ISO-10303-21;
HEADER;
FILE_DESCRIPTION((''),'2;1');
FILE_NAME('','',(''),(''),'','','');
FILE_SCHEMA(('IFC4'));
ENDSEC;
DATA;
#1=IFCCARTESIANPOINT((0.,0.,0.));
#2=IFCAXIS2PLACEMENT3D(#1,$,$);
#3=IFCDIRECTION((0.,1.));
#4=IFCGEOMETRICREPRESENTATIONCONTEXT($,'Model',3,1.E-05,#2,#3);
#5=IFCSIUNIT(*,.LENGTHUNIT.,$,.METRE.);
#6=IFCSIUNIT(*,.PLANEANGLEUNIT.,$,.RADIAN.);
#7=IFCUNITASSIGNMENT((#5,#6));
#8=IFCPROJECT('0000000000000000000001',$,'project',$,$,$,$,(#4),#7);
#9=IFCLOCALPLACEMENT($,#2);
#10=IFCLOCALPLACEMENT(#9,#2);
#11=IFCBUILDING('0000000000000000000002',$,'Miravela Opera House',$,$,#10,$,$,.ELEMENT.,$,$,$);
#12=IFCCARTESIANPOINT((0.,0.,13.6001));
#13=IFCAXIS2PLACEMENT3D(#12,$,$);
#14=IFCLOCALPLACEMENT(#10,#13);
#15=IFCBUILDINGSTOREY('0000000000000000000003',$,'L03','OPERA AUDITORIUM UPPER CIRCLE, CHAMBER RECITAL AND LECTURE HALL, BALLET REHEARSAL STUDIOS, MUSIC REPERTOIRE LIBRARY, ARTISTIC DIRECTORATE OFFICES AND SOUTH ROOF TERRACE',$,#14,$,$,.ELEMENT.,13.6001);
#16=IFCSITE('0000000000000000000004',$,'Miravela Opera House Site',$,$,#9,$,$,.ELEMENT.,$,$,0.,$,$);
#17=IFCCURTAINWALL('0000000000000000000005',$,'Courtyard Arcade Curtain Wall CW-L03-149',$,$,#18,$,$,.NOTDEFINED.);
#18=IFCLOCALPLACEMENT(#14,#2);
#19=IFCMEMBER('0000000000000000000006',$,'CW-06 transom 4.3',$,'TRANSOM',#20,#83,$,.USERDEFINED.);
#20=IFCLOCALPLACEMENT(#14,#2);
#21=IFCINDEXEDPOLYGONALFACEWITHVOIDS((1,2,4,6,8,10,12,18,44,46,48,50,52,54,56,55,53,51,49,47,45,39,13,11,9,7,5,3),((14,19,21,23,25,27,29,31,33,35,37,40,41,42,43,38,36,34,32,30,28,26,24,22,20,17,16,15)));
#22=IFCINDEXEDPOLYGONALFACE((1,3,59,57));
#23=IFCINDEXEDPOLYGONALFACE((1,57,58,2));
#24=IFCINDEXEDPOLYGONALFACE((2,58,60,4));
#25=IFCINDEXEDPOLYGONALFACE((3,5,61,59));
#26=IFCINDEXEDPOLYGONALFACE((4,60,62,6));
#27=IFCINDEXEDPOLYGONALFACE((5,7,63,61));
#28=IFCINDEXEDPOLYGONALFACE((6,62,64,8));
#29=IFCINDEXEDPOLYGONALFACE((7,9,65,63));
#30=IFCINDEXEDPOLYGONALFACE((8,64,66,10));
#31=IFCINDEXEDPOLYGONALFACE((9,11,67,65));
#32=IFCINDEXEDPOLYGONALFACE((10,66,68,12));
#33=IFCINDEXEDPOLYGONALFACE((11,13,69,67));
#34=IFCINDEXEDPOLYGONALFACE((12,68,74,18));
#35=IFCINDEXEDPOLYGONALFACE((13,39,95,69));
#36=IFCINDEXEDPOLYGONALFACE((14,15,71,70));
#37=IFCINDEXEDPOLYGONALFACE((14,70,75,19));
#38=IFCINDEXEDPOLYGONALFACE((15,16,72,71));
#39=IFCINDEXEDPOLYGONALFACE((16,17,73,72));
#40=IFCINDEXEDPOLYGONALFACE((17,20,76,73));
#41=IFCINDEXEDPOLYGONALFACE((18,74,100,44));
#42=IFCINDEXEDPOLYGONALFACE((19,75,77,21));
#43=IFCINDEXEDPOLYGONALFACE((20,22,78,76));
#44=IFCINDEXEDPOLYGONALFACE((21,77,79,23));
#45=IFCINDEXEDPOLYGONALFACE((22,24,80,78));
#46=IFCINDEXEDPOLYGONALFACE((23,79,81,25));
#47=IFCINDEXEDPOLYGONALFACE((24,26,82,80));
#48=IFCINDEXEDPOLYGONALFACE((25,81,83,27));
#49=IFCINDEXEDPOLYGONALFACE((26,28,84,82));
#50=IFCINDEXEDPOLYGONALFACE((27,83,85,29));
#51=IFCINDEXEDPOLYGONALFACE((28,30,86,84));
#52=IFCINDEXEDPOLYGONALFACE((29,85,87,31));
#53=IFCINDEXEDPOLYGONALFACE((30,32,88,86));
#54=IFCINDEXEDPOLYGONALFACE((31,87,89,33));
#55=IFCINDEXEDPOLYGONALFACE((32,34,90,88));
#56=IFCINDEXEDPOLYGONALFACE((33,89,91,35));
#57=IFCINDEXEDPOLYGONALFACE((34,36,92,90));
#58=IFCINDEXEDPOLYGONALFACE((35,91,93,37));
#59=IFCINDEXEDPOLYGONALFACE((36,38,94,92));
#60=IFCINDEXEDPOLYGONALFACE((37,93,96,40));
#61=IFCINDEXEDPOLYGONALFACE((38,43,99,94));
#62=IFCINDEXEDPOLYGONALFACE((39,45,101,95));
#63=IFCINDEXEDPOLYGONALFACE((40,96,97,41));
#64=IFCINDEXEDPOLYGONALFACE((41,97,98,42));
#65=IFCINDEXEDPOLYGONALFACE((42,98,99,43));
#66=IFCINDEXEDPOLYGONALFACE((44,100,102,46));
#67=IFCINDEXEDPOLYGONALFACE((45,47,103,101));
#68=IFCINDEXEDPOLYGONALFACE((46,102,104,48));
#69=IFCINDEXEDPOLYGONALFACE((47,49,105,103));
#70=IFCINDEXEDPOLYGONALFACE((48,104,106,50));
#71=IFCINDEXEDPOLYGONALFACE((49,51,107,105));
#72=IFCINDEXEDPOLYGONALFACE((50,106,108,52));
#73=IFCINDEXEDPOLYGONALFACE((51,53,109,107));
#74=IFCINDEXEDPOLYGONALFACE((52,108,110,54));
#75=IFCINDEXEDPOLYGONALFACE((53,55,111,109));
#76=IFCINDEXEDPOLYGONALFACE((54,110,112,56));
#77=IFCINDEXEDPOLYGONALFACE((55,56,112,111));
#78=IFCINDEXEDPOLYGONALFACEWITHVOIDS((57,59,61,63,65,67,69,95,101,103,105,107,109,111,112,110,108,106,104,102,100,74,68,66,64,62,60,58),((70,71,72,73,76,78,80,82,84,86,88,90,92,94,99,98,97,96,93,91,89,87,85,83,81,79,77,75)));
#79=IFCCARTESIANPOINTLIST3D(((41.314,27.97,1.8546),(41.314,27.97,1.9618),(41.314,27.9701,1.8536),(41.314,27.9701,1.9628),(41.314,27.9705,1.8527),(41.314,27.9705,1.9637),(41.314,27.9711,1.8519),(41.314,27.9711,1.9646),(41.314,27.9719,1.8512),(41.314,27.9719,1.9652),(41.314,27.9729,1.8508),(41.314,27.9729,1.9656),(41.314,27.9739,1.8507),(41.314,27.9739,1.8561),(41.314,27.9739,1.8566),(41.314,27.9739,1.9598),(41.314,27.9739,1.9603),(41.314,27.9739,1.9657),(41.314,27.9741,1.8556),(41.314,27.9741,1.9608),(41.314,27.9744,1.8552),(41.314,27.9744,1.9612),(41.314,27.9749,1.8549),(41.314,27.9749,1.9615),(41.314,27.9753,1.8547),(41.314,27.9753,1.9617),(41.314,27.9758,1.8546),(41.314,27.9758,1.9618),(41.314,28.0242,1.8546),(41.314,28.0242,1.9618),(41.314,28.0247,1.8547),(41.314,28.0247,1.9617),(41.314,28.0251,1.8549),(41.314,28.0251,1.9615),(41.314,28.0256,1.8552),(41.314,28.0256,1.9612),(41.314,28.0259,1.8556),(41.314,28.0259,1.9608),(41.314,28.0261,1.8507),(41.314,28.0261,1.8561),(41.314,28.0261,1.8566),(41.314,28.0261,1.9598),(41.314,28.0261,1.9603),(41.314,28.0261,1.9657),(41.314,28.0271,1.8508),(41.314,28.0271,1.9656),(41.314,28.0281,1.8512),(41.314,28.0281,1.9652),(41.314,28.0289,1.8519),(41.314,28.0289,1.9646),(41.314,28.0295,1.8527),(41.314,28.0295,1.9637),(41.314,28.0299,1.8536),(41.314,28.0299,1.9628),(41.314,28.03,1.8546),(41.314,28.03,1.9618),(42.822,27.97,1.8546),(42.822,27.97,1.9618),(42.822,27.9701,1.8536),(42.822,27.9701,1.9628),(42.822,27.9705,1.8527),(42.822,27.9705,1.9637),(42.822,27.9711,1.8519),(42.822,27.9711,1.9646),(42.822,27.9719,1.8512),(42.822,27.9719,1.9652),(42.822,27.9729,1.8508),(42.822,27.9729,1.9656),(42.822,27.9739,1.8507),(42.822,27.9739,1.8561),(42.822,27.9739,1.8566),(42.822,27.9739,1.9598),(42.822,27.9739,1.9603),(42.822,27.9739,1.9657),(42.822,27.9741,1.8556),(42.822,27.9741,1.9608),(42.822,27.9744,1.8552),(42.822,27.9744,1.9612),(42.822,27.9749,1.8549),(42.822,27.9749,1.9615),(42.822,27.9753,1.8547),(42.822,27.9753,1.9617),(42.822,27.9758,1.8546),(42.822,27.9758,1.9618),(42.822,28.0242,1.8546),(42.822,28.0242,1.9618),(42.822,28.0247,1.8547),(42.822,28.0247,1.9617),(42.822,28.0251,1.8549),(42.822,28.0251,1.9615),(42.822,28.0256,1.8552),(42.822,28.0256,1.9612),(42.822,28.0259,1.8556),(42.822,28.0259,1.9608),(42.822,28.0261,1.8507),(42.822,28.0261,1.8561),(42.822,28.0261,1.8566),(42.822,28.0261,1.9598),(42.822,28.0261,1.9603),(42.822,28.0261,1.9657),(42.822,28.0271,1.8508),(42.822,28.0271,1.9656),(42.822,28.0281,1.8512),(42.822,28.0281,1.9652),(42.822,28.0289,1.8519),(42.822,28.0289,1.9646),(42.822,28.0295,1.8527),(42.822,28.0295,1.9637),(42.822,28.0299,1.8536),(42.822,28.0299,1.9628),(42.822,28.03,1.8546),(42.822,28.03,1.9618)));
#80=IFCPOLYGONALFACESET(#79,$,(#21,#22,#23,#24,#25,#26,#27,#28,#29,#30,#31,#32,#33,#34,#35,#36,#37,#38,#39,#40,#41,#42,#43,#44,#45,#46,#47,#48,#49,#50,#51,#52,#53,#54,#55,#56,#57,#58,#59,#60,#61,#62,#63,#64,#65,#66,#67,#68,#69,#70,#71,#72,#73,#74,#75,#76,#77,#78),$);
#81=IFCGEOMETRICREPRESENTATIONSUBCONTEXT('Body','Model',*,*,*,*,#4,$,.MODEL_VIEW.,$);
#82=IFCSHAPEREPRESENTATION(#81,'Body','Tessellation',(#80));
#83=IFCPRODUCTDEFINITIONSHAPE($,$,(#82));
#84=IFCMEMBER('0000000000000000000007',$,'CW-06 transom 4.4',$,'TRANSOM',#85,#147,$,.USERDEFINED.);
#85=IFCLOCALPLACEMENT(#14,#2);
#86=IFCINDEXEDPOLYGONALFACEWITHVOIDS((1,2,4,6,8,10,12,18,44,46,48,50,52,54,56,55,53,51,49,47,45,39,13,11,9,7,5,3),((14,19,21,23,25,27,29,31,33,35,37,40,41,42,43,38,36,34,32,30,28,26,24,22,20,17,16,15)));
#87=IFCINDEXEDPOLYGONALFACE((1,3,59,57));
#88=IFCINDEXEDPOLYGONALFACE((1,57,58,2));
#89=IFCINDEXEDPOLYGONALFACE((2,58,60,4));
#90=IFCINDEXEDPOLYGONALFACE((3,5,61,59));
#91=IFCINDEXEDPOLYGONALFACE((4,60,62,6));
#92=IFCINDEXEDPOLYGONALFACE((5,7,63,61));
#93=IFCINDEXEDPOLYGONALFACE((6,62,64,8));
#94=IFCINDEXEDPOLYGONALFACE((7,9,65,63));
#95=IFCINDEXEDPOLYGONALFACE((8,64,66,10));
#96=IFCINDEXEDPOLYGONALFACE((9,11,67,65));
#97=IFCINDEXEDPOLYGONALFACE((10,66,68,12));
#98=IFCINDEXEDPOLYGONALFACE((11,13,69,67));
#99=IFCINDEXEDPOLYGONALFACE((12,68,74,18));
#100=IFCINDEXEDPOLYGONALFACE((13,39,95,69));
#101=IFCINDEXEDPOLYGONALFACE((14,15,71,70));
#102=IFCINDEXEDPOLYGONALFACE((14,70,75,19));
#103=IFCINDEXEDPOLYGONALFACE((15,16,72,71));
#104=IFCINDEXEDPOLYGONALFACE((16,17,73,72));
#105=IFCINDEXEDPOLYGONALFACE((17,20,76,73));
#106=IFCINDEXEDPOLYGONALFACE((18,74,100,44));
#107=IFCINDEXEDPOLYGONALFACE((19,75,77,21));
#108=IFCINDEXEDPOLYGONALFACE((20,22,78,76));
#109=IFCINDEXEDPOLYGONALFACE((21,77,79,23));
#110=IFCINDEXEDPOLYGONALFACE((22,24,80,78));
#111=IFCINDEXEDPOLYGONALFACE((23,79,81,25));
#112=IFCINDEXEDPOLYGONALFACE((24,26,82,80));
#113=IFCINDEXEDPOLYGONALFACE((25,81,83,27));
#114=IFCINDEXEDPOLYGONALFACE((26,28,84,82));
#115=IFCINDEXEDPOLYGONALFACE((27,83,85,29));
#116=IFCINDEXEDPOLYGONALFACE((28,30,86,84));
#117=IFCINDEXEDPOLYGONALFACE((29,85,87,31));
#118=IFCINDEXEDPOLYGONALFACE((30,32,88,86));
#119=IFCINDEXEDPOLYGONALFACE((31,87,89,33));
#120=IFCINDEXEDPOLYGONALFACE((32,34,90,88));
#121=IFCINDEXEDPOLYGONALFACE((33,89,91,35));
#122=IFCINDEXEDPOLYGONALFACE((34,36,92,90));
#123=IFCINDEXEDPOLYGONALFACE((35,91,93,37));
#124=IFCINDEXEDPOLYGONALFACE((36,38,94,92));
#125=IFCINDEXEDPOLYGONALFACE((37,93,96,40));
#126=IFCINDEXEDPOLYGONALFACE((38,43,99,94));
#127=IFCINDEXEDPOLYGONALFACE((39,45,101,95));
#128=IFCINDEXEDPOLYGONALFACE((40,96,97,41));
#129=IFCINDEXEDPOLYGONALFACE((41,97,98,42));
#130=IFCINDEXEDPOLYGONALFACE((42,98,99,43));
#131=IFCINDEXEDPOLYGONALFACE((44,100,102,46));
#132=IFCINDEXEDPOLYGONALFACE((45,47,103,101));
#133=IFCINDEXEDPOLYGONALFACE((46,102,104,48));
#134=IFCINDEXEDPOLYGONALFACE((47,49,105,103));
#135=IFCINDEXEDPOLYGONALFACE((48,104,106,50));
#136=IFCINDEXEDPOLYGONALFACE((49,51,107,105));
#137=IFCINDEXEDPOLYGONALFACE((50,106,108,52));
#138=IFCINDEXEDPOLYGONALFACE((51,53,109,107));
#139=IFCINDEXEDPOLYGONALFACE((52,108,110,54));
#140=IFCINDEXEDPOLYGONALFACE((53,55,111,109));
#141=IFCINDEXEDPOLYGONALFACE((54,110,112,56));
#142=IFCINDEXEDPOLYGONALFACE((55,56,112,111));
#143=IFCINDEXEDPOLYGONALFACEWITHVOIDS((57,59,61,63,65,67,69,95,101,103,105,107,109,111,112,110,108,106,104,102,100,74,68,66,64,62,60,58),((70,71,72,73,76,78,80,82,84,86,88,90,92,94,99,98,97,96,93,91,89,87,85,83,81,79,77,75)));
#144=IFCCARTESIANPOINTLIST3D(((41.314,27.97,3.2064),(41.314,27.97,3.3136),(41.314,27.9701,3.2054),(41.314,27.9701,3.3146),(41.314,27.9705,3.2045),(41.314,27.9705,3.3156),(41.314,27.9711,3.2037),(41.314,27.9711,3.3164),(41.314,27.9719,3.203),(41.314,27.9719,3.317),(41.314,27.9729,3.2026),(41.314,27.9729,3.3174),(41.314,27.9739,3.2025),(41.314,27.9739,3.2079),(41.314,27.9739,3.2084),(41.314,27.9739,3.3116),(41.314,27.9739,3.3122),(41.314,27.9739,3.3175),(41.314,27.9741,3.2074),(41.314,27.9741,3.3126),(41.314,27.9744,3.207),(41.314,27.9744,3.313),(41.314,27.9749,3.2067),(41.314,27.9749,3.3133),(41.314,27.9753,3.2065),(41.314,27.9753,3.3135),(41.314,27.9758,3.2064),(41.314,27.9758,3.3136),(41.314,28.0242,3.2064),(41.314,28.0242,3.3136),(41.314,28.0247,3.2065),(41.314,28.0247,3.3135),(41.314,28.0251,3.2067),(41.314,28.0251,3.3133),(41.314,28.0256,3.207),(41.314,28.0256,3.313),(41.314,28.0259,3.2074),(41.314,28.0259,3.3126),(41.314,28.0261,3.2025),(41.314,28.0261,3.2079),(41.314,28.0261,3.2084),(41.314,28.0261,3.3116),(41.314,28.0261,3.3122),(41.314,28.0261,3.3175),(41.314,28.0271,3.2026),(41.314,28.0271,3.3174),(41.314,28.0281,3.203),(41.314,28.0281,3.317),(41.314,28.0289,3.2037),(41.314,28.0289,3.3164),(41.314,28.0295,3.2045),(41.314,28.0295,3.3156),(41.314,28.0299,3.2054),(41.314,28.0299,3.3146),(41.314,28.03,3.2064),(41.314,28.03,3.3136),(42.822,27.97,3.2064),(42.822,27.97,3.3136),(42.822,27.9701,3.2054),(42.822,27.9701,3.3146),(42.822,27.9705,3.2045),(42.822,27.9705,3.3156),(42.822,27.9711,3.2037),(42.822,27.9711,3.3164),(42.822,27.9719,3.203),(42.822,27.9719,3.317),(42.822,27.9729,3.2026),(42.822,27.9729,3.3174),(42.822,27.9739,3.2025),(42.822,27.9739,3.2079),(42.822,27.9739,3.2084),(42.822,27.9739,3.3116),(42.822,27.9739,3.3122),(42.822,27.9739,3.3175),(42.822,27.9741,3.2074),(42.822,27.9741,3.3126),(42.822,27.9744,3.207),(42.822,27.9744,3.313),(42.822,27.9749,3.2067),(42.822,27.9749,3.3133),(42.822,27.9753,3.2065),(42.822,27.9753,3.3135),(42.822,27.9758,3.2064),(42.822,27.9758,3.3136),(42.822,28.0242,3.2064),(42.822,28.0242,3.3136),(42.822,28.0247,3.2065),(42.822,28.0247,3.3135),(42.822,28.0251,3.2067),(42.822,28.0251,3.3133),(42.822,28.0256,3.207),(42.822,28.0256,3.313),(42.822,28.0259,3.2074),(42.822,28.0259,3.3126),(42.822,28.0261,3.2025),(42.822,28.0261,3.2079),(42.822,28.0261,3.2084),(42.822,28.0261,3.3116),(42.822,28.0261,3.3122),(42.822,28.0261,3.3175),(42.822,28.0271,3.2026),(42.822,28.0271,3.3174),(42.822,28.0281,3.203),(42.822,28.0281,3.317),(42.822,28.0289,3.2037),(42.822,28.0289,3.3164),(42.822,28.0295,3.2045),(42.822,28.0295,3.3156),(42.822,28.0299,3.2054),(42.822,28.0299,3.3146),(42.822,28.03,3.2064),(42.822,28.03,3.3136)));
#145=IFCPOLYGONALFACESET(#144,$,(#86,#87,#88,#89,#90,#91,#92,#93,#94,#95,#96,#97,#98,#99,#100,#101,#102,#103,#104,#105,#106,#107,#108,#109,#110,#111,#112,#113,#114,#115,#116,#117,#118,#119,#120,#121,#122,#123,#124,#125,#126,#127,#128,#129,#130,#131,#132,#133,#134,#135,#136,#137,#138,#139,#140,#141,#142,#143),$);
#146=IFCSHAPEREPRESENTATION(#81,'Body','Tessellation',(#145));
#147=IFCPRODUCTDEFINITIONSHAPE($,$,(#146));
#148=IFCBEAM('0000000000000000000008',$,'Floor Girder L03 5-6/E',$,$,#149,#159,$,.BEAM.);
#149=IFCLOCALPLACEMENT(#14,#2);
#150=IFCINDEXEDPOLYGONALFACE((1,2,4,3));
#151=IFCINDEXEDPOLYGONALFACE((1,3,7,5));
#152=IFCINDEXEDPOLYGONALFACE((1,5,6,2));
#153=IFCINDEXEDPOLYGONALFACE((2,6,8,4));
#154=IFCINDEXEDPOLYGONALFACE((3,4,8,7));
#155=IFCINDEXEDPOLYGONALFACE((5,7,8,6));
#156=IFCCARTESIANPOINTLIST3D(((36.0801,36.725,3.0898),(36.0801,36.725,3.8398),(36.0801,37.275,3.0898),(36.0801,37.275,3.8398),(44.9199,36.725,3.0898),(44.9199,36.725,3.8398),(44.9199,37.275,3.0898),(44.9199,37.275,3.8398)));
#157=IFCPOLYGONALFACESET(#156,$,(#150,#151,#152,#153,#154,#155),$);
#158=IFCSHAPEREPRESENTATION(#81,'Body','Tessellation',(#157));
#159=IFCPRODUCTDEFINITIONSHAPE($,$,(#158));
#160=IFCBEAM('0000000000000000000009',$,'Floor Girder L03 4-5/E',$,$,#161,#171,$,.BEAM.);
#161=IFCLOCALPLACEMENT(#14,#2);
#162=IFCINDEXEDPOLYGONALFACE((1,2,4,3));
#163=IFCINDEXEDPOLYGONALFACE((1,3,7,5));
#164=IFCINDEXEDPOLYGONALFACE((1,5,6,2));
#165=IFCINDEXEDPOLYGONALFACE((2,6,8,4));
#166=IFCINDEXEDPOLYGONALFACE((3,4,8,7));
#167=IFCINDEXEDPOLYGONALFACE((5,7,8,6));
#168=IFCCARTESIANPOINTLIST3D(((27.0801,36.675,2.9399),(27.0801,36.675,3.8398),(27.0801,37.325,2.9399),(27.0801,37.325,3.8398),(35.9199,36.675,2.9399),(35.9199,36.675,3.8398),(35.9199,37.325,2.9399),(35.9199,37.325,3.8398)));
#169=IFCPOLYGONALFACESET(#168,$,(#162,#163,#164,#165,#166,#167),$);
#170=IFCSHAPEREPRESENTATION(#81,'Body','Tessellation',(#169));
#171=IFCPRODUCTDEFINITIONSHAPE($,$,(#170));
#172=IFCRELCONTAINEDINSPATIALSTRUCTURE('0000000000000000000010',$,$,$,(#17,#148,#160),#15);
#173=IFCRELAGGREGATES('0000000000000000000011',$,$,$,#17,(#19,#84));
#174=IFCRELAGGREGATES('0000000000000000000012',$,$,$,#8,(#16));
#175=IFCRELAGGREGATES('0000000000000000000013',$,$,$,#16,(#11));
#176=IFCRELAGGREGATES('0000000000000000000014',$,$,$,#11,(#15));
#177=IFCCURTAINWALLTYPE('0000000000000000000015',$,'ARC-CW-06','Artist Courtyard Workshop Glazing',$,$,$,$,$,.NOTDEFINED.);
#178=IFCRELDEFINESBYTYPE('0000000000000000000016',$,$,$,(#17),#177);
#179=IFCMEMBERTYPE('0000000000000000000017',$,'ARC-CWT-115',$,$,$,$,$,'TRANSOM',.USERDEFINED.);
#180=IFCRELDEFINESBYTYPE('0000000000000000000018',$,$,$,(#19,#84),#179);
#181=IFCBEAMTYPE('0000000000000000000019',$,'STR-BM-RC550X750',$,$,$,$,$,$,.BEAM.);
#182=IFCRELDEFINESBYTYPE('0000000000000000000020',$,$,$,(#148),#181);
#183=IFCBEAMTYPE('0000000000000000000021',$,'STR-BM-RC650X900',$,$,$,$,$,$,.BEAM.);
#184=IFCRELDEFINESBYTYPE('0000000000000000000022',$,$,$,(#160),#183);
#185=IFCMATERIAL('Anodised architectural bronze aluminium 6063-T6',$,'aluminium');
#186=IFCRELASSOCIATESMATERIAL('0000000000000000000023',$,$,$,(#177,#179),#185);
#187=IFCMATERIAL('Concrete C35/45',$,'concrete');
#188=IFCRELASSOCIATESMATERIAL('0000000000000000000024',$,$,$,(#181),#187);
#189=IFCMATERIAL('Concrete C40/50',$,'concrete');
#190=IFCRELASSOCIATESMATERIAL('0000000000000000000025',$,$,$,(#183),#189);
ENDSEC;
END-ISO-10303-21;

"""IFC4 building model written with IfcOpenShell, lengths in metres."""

from ifc_helpers import new_model, si_unit, direction, frame, origin, origin_2d, place, context, subcontext, project, spatial, rectangle, hollow_rectangle, extrude, material, material_profile, profile_set, type_object, element, aggregate, save


model = new_model("IFC4")

# Units and contexts
model_context = context("Model", 3, precision=1e-05, world=origin(), true_north=direction((0.0, 1.0)))
body_context = subcontext(model_context, "Body", "Model", "MODEL_VIEW")
ifc_project = project(units=[si_unit("LENGTHUNIT", "METRE"), si_unit("PLANEANGLEUNIT", "RADIAN")], contexts=[model_context])

# Site, building, storey
site_placement = place(None, origin())
site = spatial("IfcSite", under=ifc_project, at=site_placement, Name="Miravela Opera House Site", CompositionType="ELEMENT", RefElevation=0.0)
building_placement = place(site_placement, origin())
building = spatial("IfcBuilding", under=site, at=building_placement, Name="Miravela Opera House", CompositionType="ELEMENT")
storey_placement = place(building_placement, frame((0.0, 0.0, 13.6001)))
storey = spatial("IfcBuildingStorey", under=building, at=storey_placement, Name="L03", Description="OPERA AUDITORIUM UPPER CIRCLE, CHAMBER RECITAL AND LECTURE HALL, BALLET REHEARSAL STUDIOS, MUSIC REPERTOIRE LIBRARY, ARTISTIC DIRECTORATE OFFICES AND SOUTH ROOF TERRACE", CompositionType="ELEMENT", Elevation=13.6001)

# Shared definitions
ifc_material_1 = material(Name="Concrete C35/45", Category="concrete")

# Curtain wall, members
ifc_material_2 = material(Name="Anodised architectural bronze aluminium 6063-T6", Category="aluminium")
curtain_wall_type = type_object("IfcCurtainWallType", Name="ARC-CW-06", Description="Artist Courtyard Workshop Glazing", PredefinedType="NOTDEFINED", material=ifc_material_2)
curtain_wall_placement = place(storey_placement, origin())
curtain_wall = element("IfcCurtainWall", 1, at=curtain_wall_placement, inside=storey, type_object=curtain_wall_type, Name="Courtyard Arcade Curtain Wall CW-L03-149", PredefinedType="NOTDEFINED")
ifc_material_profile_1 = material_profile(ifc_material_2, hollow_rectangle(XDim=0.0601, YDim=0.115, WallThickness=0.0039, InnerFilletRadius=0.002, OuterFilletRadius=0.0039, at=origin_2d()), Name="CWT-60X115")
ifc_profile_set_1 = profile_set([ifc_material_profile_1])
member_type_1 = type_object("IfcMemberType", Name="ARC-CWT-115", ElementType="TRANSOM", PredefinedType="USERDEFINED", material=ifc_profile_set_1)
member_1_placement = place(storey_placement, frame((41.314, 28.0, 1.9082), z_axis=(1.0, 0.0, 0.0), x_axis=(0.0, 1.0, 0.0)))
member_1 = element("IfcMember", 2, at=member_1_placement, type_object=member_type_1, Name="CW-06 transom 4.3", ObjectType="TRANSOM", PredefinedType="USERDEFINED", context=body_context, shape_type="SweptSolid", body=[
    extrude(hollow_rectangle(XDim=0.0601, YDim=0.115, WallThickness=0.0039, InnerFilletRadius=0.002, OuterFilletRadius=0.0039, at=origin_2d()), origin(), (0.0, 0.0, 1.0), 1.5081),
])
member_2_placement = place(storey_placement, frame((41.314, 28.0, 3.26), z_axis=(1.0, 0.0, 0.0), x_axis=(0.0, 1.0, 0.0)))
member_2 = element("IfcMember", 3, at=member_2_placement, type_object=member_type_1, Name="CW-06 transom 4.4", ObjectType="TRANSOM", PredefinedType="USERDEFINED", context=body_context, shape_type="SweptSolid", body=[
    extrude(hollow_rectangle(XDim=0.0601, YDim=0.115, WallThickness=0.0039, InnerFilletRadius=0.002, OuterFilletRadius=0.0039, at=origin_2d()), origin(), (0.0, 0.0, 1.0), 1.5081),
])

# Beams
ifc_material_profile_2 = material_profile(ifc_material_1, rectangle(XDim=0.55, YDim=0.75, at=origin_2d()), Name="RC-BM-550X750")
ifc_profile_set_2 = profile_set([ifc_material_profile_2])
beam_type_1 = type_object("IfcBeamType", Name="STR-BM-RC550X750", PredefinedType="BEAM", material=ifc_profile_set_2)
beam_1_placement = place(storey_placement, frame((36.0801, 37.0, 3.4648), z_axis=(1.0, 0.0, 0.0), x_axis=(0.0, 1.0, 0.0)))
element("IfcBeam", 4, at=beam_1_placement, inside=storey, type_object=beam_type_1, Name="Floor Girder L03 5-6/E", PredefinedType="BEAM", context=body_context, shape_type="SweptSolid", body=[
    extrude(rectangle(XDim=0.55, YDim=0.75, at=origin_2d()), origin(), (0.0, 0.0, 1.0), 8.8398),
])
ifc_material_3 = material(Name="Concrete C40/50", Category="concrete")
ifc_material_profile_3 = material_profile(ifc_material_3, rectangle(XDim=0.6499, YDim=0.8999, at=origin_2d()), Name="RC-BM-650X900")
ifc_profile_set_3 = profile_set([ifc_material_profile_3])
beam_type_2 = type_object("IfcBeamType", Name="STR-BM-RC650X900", PredefinedType="BEAM", material=ifc_profile_set_3)
beam_2_placement = place(storey_placement, frame((27.0801, 37.0, 3.3899), z_axis=(1.0, 0.0, 0.0), x_axis=(0.0, 1.0, 0.0)))
element("IfcBeam", 5, at=beam_2_placement, inside=storey, type_object=beam_type_2, Name="Floor Girder L03 4-5/E", PredefinedType="BEAM", context=body_context, shape_type="SweptSolid", body=[
    extrude(rectangle(XDim=0.6499, YDim=0.8999, at=origin_2d()), origin(), (0.0, 0.0, 1.0), 8.8398),
])

aggregate(curtain_wall, [member_1, member_2])

save(model, "model.ifc")
